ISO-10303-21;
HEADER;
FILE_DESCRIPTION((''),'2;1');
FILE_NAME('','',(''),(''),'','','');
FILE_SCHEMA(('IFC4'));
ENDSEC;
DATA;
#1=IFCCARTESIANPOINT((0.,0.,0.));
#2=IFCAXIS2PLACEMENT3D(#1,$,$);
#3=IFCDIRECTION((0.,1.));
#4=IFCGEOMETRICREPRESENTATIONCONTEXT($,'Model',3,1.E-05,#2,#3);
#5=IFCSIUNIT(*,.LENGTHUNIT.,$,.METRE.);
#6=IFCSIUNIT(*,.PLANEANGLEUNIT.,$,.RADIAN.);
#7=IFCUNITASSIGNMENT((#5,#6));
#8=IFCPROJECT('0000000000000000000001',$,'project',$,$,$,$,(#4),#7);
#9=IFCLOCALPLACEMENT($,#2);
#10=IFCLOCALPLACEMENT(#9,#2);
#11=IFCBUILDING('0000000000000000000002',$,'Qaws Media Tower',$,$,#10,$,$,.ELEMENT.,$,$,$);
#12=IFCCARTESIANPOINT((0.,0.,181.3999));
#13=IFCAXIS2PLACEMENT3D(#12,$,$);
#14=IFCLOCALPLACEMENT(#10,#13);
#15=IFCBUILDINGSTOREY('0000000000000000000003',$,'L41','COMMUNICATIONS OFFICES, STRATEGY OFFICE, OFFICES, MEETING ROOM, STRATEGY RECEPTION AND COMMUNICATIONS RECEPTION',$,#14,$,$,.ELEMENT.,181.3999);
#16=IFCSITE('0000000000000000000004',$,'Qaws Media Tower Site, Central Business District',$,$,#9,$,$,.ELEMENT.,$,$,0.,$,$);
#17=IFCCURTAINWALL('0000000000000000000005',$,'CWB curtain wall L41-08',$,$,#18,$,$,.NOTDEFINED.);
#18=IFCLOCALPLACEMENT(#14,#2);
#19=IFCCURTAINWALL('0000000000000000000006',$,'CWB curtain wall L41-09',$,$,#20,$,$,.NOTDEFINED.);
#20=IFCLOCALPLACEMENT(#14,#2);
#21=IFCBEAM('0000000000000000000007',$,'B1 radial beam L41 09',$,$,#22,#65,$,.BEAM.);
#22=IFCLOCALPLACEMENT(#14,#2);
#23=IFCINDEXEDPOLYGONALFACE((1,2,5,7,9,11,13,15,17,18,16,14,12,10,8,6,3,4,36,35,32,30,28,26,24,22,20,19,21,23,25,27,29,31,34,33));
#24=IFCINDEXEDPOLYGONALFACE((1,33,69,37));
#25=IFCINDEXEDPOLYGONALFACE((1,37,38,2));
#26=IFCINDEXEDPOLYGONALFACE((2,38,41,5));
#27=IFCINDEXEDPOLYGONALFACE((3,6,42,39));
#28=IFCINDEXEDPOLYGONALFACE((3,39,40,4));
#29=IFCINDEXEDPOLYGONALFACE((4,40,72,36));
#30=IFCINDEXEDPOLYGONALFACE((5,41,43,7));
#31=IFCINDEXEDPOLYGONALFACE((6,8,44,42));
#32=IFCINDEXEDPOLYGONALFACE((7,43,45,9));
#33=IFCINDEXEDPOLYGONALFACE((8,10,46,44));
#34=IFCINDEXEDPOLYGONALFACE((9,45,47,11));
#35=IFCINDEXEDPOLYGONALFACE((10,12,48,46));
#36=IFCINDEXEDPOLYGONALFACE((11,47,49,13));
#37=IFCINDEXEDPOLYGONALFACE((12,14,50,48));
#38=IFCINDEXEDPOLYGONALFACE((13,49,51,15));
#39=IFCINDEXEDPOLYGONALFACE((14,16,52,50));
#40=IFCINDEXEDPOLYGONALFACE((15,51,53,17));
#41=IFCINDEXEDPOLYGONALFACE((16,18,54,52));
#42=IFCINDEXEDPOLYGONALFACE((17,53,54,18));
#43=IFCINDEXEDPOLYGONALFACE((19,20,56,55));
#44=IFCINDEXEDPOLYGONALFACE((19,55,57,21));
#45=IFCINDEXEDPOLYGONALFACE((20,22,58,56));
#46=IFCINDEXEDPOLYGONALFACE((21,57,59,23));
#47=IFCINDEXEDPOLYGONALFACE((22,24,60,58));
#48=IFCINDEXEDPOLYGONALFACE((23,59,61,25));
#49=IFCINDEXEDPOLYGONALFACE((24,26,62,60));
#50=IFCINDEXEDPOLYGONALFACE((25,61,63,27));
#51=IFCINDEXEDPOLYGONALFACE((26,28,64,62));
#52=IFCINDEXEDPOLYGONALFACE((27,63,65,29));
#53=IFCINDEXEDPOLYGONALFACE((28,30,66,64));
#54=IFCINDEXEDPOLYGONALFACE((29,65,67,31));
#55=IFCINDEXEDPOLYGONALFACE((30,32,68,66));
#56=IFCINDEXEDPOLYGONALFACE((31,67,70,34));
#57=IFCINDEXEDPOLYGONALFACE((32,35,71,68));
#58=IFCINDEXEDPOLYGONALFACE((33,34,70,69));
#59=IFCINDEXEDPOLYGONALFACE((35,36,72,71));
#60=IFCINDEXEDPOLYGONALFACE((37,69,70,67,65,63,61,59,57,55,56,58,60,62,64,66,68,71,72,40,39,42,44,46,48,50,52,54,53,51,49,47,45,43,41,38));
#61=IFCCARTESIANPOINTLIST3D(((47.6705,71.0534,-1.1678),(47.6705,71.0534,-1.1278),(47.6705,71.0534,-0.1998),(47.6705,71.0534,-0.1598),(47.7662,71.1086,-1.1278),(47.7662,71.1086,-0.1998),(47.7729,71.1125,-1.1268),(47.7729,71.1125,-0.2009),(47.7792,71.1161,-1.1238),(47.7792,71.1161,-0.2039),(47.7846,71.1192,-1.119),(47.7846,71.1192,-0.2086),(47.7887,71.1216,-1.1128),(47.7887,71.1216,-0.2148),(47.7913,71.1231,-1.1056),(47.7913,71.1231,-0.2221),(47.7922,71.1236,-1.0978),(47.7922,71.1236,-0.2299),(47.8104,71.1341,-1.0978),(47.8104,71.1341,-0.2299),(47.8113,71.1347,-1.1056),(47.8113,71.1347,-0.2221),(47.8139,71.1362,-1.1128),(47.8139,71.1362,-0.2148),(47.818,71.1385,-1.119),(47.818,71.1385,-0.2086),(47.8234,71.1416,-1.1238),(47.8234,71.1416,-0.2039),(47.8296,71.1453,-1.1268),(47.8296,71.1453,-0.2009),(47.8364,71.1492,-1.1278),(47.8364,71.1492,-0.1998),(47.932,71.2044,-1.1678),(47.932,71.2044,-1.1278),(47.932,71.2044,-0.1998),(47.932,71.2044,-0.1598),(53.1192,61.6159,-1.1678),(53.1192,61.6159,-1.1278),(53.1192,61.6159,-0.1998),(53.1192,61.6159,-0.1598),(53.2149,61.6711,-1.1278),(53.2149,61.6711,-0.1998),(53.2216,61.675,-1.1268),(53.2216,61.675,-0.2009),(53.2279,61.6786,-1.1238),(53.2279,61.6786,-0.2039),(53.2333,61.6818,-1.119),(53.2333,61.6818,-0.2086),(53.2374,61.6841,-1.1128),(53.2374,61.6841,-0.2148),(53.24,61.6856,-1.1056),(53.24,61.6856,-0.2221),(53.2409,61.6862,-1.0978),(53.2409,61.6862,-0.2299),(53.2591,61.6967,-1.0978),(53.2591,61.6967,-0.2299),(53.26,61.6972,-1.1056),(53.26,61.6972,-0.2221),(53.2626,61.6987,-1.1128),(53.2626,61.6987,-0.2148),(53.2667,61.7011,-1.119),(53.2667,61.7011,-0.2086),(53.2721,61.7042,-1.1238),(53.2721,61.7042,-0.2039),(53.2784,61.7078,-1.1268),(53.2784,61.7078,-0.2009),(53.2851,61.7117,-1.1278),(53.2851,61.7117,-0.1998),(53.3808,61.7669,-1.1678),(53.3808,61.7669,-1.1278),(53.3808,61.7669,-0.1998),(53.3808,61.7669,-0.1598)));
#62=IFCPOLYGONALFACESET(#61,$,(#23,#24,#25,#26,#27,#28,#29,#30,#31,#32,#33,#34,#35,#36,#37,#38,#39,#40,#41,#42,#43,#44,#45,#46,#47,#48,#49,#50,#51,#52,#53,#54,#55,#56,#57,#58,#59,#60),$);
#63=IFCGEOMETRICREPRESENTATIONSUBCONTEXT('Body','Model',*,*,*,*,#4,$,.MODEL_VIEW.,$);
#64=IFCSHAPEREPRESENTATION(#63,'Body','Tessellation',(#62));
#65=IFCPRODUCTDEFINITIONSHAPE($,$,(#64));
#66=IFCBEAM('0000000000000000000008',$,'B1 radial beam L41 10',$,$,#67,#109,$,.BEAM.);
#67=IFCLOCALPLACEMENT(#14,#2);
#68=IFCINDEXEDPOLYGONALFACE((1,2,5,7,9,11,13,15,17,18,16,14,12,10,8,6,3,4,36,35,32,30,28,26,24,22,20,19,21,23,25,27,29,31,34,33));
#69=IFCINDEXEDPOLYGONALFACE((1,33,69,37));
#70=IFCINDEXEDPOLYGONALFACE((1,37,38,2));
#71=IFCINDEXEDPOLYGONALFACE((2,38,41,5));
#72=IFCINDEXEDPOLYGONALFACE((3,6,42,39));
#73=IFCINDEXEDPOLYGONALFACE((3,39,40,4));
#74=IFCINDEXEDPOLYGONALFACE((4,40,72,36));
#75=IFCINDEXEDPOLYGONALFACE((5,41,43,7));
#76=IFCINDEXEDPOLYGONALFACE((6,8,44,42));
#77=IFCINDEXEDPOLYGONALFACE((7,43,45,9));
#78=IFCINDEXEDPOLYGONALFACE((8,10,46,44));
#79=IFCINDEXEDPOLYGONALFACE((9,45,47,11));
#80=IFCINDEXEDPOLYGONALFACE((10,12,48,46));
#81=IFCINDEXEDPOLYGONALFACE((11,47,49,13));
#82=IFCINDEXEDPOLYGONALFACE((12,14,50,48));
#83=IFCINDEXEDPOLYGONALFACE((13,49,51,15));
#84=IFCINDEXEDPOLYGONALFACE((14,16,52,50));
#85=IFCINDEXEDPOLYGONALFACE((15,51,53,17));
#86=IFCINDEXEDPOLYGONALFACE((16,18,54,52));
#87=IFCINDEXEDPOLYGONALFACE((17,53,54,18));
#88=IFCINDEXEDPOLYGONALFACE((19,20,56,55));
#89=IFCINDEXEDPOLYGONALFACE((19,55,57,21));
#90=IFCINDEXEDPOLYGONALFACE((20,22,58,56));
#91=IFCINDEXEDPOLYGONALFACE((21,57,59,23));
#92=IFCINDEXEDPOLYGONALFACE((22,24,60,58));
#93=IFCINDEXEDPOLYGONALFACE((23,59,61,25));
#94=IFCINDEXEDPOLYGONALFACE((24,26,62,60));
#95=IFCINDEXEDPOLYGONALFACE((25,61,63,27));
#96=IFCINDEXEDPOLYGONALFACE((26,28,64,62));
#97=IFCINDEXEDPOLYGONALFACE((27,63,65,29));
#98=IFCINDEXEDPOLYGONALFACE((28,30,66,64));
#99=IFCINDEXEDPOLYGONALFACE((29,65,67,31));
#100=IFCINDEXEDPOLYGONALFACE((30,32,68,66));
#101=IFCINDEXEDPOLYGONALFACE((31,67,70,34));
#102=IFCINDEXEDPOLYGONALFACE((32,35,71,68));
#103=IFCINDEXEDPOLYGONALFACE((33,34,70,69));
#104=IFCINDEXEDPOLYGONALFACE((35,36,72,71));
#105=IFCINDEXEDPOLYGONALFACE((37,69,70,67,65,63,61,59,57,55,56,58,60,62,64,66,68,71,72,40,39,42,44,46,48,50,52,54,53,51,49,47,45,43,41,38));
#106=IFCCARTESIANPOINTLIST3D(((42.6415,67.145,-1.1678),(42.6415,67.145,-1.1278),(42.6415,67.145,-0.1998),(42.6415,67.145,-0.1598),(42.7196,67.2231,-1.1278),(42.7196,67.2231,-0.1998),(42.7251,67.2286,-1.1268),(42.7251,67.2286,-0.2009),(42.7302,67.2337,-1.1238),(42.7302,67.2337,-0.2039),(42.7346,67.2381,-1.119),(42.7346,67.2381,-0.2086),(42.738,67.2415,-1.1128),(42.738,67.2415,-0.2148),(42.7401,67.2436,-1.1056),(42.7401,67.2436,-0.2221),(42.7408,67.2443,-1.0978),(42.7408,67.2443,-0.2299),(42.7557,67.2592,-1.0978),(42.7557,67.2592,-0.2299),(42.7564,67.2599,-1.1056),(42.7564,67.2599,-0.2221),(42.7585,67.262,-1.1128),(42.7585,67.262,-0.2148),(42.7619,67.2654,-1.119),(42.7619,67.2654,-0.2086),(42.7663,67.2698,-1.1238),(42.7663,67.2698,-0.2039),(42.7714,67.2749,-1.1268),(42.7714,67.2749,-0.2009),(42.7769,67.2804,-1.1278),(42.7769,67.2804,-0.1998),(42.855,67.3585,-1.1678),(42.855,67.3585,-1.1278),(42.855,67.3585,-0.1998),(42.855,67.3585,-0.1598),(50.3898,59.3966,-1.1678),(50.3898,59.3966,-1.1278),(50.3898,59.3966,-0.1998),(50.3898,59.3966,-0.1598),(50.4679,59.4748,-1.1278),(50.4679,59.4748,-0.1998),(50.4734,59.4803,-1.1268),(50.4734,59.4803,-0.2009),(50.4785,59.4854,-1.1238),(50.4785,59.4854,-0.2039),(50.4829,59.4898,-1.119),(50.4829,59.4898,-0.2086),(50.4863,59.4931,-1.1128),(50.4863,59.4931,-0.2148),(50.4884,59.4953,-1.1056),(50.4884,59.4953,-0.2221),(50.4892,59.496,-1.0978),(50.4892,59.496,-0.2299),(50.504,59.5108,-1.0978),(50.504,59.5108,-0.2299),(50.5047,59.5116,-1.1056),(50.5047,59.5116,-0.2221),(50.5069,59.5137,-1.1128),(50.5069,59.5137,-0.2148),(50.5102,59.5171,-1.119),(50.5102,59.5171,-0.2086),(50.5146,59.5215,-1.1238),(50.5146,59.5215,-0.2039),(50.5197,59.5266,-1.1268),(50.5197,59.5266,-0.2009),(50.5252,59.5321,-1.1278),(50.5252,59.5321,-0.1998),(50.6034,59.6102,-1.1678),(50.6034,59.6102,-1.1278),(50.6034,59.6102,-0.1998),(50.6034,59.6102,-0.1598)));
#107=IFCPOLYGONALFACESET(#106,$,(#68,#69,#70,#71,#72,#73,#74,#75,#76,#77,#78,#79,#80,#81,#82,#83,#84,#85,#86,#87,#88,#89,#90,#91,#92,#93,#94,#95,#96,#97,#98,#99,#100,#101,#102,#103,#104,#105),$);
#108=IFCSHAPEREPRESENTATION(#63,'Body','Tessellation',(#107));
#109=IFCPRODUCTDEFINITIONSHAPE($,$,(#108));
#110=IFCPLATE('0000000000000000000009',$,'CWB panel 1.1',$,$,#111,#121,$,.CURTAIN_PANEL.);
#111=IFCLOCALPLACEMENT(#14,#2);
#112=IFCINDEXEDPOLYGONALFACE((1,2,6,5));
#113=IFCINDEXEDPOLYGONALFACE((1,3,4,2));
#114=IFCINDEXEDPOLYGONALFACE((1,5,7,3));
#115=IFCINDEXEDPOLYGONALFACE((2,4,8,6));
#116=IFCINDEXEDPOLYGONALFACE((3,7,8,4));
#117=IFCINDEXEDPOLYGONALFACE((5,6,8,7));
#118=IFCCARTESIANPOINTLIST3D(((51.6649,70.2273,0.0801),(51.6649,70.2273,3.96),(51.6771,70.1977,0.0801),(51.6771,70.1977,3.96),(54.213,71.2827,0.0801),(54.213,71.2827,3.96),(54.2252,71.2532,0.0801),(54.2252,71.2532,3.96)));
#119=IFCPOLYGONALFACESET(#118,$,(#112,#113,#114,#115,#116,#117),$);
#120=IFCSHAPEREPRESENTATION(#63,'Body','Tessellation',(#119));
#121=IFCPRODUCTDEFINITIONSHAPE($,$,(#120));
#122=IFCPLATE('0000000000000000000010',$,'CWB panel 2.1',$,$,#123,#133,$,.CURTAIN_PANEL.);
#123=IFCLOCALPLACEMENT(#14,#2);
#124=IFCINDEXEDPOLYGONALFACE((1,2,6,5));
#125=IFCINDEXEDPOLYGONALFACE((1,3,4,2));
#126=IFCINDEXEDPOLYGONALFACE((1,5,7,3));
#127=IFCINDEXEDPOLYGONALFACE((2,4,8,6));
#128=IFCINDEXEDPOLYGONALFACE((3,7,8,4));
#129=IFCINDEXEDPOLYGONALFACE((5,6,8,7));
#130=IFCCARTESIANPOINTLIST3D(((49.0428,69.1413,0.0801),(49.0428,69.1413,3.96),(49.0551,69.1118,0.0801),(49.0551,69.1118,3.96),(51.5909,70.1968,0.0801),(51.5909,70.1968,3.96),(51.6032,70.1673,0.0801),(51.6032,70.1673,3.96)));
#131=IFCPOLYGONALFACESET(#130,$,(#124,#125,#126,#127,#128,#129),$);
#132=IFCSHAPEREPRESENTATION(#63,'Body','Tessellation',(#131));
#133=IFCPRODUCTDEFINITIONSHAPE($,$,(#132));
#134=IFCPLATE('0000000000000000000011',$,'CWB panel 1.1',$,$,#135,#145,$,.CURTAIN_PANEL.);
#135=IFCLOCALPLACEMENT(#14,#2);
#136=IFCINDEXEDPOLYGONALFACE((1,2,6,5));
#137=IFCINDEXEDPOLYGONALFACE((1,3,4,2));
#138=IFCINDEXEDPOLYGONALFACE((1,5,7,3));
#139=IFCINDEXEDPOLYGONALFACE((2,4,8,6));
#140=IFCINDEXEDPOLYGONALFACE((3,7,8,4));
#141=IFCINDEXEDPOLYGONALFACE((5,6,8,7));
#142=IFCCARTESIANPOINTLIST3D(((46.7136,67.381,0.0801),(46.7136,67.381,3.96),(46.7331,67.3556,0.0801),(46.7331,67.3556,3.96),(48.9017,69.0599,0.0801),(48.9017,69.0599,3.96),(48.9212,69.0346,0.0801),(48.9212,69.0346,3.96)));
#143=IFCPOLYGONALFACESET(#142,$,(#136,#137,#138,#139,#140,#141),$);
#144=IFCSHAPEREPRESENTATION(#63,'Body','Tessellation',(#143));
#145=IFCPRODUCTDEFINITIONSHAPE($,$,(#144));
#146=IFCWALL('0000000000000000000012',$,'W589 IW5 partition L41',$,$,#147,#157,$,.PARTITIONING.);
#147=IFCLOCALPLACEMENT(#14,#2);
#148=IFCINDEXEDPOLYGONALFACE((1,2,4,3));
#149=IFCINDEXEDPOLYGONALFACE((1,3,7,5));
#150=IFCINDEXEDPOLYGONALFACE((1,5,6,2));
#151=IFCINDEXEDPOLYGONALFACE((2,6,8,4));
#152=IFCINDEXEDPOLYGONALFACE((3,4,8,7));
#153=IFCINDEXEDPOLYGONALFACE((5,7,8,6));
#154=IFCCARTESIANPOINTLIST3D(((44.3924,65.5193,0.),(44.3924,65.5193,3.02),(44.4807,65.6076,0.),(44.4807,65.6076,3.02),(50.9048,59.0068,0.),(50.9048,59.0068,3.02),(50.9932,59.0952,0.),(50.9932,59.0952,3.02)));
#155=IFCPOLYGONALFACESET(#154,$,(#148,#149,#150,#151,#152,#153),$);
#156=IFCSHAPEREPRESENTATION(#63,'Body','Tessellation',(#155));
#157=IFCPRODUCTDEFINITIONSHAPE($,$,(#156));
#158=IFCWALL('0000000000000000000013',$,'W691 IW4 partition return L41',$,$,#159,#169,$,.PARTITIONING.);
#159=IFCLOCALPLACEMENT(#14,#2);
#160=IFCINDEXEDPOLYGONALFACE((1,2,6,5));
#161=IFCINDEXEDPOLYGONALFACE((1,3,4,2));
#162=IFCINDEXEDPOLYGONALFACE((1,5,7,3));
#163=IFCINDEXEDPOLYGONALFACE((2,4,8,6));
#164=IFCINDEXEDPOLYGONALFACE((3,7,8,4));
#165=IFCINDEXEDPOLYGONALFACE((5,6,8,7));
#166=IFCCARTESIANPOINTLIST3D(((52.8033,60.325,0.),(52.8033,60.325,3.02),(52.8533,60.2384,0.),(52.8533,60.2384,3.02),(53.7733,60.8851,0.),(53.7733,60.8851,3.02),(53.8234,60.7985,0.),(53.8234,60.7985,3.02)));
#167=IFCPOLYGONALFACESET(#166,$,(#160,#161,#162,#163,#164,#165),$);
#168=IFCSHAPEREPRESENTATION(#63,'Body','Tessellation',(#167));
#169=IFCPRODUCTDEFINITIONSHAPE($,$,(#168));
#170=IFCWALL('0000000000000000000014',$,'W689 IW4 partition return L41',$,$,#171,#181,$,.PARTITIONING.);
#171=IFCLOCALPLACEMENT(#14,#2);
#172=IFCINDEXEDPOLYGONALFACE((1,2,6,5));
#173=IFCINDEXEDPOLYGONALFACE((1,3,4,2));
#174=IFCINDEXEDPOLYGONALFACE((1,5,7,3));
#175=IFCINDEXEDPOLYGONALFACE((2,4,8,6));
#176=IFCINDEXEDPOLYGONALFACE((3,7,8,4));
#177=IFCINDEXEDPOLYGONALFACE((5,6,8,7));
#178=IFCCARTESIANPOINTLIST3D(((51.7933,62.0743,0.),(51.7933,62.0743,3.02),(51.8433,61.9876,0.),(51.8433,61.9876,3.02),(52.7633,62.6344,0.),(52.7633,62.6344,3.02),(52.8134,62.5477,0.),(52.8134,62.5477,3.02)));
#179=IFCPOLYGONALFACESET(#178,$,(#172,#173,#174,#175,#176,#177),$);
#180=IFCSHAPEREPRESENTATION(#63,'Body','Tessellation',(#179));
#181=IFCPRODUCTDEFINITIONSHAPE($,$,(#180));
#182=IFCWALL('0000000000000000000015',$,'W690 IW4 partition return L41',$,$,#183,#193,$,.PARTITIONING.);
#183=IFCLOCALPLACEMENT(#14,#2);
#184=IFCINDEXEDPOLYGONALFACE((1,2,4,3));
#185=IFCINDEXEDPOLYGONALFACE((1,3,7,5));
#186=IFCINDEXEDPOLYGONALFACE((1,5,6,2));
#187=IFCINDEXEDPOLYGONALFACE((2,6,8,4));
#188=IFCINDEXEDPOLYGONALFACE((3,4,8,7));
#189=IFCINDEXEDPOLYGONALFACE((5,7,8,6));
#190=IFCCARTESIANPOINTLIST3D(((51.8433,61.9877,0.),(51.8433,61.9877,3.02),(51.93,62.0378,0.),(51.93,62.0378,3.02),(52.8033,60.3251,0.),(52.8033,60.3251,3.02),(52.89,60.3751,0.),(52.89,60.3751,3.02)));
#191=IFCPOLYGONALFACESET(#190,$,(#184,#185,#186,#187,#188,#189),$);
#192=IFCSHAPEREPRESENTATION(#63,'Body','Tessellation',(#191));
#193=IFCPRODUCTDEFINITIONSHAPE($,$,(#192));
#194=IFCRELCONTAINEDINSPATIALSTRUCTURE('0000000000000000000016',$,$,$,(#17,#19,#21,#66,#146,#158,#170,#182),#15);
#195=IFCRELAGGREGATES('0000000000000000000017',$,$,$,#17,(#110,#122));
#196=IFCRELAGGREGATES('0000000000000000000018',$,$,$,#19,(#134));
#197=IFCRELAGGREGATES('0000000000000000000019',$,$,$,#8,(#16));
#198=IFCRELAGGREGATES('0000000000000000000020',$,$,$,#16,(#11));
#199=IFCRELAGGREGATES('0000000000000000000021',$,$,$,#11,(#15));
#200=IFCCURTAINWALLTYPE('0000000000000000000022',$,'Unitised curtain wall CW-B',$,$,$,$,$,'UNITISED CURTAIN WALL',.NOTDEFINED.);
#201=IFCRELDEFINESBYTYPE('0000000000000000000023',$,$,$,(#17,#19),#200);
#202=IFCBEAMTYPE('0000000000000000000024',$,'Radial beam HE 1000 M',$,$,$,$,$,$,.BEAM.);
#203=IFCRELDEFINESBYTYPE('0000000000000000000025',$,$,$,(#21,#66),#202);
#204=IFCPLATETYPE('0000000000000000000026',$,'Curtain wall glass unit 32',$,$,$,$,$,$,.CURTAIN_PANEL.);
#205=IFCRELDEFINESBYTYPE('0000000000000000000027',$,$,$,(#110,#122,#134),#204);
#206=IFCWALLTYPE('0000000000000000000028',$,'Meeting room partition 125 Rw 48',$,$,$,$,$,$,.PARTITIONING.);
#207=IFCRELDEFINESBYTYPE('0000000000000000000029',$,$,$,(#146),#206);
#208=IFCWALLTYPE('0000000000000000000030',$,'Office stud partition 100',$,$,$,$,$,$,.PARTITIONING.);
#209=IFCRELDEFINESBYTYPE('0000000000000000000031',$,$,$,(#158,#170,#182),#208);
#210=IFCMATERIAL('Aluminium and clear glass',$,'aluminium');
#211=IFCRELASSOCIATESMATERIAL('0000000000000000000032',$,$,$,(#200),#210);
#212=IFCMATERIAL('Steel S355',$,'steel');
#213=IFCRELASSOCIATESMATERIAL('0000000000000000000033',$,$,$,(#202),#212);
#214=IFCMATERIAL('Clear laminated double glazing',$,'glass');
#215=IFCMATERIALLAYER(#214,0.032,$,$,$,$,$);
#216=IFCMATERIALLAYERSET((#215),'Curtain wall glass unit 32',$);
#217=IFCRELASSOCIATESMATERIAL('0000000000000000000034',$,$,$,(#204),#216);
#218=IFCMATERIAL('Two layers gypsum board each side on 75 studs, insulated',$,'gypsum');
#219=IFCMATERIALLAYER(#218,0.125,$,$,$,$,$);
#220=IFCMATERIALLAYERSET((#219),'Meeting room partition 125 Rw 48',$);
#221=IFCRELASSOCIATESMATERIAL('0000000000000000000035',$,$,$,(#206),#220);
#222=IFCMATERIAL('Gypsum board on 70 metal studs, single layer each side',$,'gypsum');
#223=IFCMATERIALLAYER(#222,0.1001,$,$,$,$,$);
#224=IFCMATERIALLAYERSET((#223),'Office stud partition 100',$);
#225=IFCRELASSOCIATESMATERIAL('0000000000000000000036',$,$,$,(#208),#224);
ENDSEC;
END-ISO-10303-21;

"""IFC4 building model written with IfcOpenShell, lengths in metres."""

from ifc_helpers import new_model, si_unit, direction, frame, frame_2d, origin, origin_2d, place, context, subcontext, project, spatial, rectangle, i_section, extrude, material, layer, layer_set, material_profile, profile_set, type_object, element, aggregate, save


model = new_model("IFC4")

# Units and contexts
model_context = context("Model", 3, precision=1e-05, world=origin(), true_north=direction((0.0, 1.0)))
body_context = subcontext(model_context, "Body", "Model", "MODEL_VIEW")
ifc_project = project(units=[si_unit("LENGTHUNIT", "METRE"), si_unit("PLANEANGLEUNIT", "RADIAN")], contexts=[model_context])

# Site, building, storey
site_placement = place(None, origin())
site = spatial("IfcSite", under=ifc_project, at=site_placement, Name="Qaws Media Tower Site, Central Business District", CompositionType="ELEMENT", RefElevation=0.0)
building_placement = place(site_placement, origin())
building = spatial("IfcBuilding", under=site, at=building_placement, Name="Qaws Media Tower", CompositionType="ELEMENT")
storey_placement = place(building_placement, frame((0.0, 0.0, 181.3999)))
storey = spatial("IfcBuildingStorey", under=building, at=storey_placement, Name="L41", Description="COMMUNICATIONS OFFICES, STRATEGY OFFICE, OFFICES, MEETING ROOM, STRATEGY RECEPTION AND COMMUNICATIONS RECEPTION", CompositionType="ELEMENT", Elevation=181.3999)

# Curtain wall
ifc_material_1 = material(Name="Aluminium and clear glass", Category="aluminium")
curtain_wall_type = type_object("IfcCurtainWallType", Name="Unitised curtain wall CW-B", ElementType="UNITISED CURTAIN WALL", PredefinedType="NOTDEFINED", material=ifc_material_1)
curtain_wall_1_placement = place(storey_placement, origin())
curtain_wall_1 = element("IfcCurtainWall", 1, at=curtain_wall_1_placement, inside=storey, type_object=curtain_wall_type, Name="CWB curtain wall L41-08", PredefinedType="NOTDEFINED")

# Curtain wall
curtain_wall_2_placement = place(storey_placement, origin())
curtain_wall_2 = element("IfcCurtainWall", 2, at=curtain_wall_2_placement, inside=storey, type_object=curtain_wall_type, Name="CWB curtain wall L41-09", PredefinedType="NOTDEFINED")

# Beams
ifc_material_2 = material(Name="Steel S355", Category="steel")
ifc_material_profile_1 = material_profile(ifc_material_2, i_section(OverallWidth=0.302, OverallDepth=1.0081, WebThickness=0.021, FlangeThickness=0.04, FilletRadius=0.03, at=origin_2d()), Name="HE 1000 M")
ifc_profile_set_1 = profile_set([ifc_material_profile_1], Name="Steel S355")
beam_type_1 = type_object("IfcBeamType", Name="Radial beam HE 1000 M", PredefinedType="BEAM", material=ifc_profile_set_1)
beam_1_placement = place(storey_placement, frame((53.25, 61.6914, -0.6638), z_axis=(-0.499999, 0.866026, 0.0), x_axis=(-0.866026, -0.499999, 0.0)))
element("IfcBeam", 3, at=beam_1_placement, inside=storey, type_object=beam_type_1, Name="B1 radial beam L41 09", PredefinedType="BEAM", context=body_context, shape_type="SweptSolid", body=[
    extrude(i_section(OverallWidth=0.302, OverallDepth=1.0081, WebThickness=0.021, FlangeThickness=0.04, FilletRadius=0.03, at=origin_2d()), origin(), (0.0, 0.0, 1.0), 10.8975),
])
beam_2_placement = place(storey_placement, frame((50.4966, 59.5034, -0.6638), z_axis=(-0.707107, 0.707107, 0.0), x_axis=(-0.707107, -0.707107, 0.0)))
element("IfcBeam", 4, at=beam_2_placement, inside=storey, type_object=beam_type_1, Name="B1 radial beam L41 10", PredefinedType="BEAM", context=body_context, shape_type="SweptSolid", body=[
    extrude(i_section(OverallWidth=0.302, OverallDepth=1.0081, WebThickness=0.021, FlangeThickness=0.04, FilletRadius=0.03, at=origin_2d()), origin(), (0.0, 0.0, 1.0), 10.9578),
])

# Plates
ifc_material_3 = material(Name="Clear laminated double glazing", Category="glass")
ifc_layer_1 = layer(ifc_material_3, 0.032)
ifc_layer_set_1 = layer_set([ifc_layer_1], Name="Curtain wall glass unit 32")
plate_type = type_object("IfcPlateType", Name="Curtain wall glass unit 32", PredefinedType="CURTAIN_PANEL", material=ifc_layer_set_1)
plate_1_placement = place(storey_placement, frame((52.9451, 70.7402, 0.0801), z_axis=(0.0, 0.0, 1.0), x_axis=(-0.92388, -0.382683, 0.0)))
plate_1 = element("IfcPlate", 5, at=plate_1_placement, type_object=plate_type, Name="CWB panel 1.1", PredefinedType="CURTAIN_PANEL", context=body_context, shape_type="SweptSolid", body=[
    extrude(rectangle(XDim=2.7581, YDim=0.032, at=origin_2d()), origin(), (0.0, 0.0, 1.0), 3.8799),
])
plate_2_placement = place(storey_placement, frame((50.323, 69.6543, 0.0801), z_axis=(0.0, 0.0, 1.0), x_axis=(-0.92388, -0.382683, 0.0)))
plate_2 = element("IfcPlate", 6, at=plate_2_placement, type_object=plate_type, Name="CWB panel 2.1", PredefinedType="CURTAIN_PANEL", context=body_context, shape_type="SweptSolid", body=[
    extrude(rectangle(XDim=2.7581, YDim=0.032, at=origin_2d()), origin(), (0.0, 0.0, 1.0), 3.8799),
])
aggregate(curtain_wall_1, [plate_1, plate_2])
plate_3_placement = place(storey_placement, frame((47.8174, 68.2078, 0.0801), z_axis=(0.0, 0.0, 1.0), x_axis=(-0.793353, -0.608761, 0.0)))
plate_3 = element("IfcPlate", 7, at=plate_3_placement, type_object=plate_type, Name="CWB panel 1.1", PredefinedType="CURTAIN_PANEL", context=body_context, shape_type="SweptSolid", body=[
    extrude(rectangle(XDim=2.7581, YDim=0.032, at=origin_2d()), origin(), (0.0, 0.0, 1.0), 3.8799),
])
aggregate(curtain_wall_2, [plate_3])

# Walls
ifc_material_4 = material(Name="Two layers gypsum board each side on 75 studs, insulated", Category="gypsum")
ifc_layer_2 = layer(ifc_material_4, 0.125)
ifc_layer_set_2 = layer_set([ifc_layer_2], Name="Meeting room partition 125 Rw 48")
wall_type_1 = type_object("IfcWallType", Name="Meeting room partition 125 Rw 48", PredefinedType="PARTITIONING", material=ifc_layer_set_2)
wall_1_placement = place(storey_placement, frame((50.949, 59.051, 0.0), z_axis=(0.0, 0.0, 1.0), x_axis=(-0.707107, 0.707107, 0.0)))
element("IfcWall", 8, at=wall_1_placement, inside=storey, type_object=wall_type_1, Name="W589 IW5 partition L41", PredefinedType="PARTITIONING", context=body_context, shape_type="SweptSolid", body=[
    extrude(rectangle(XDim=9.21, YDim=0.125, at=frame_2d((4.605, 0.0))), origin(), (0.0, 0.0, 1.0), 3.02),
])
ifc_material_5 = material(Name="Gypsum board on 70 metal studs, single layer each side", Category="gypsum")
ifc_layer_3 = layer(ifc_material_5, 0.1001)
ifc_layer_set_3 = layer_set([ifc_layer_3], Name="Office stud partition 100")
wall_type_2 = type_object("IfcWallType", Name="Office stud partition 100", PredefinedType="PARTITIONING", material=ifc_layer_set_3)
for number, where, z_axis, x_axis, name in (
    (9, (53.7983, 60.8418, 0.0), (0.0, 0.0, 1.0), (-0.866008, -0.500031, 0.0), "W691 IW4 partition return L41"),
    (10, (52.7883, 62.5911, 0.0), (0.0, 0.0, 1.0), (-0.866008, -0.500031, 0.0), "W689 IW4 partition return L41"),
):
    element("IfcWall", number, at=place(storey_placement, frame(where, z_axis=z_axis, x_axis=x_axis)), inside=storey, type_object=wall_type_2, Name=name, PredefinedType="PARTITIONING", context=body_context, shape_type="SweptSolid", body=[
        extrude(rectangle(XDim=1.1201, YDim=0.1001, at=frame_2d((0.5601, 0.0))), origin(), (0.0, 0.0, 1.0), 3.02),
    ])
wall_2_placement = place(storey_placement, frame((52.8467, 60.3501, 0.0), z_axis=(0.0, 0.0, 1.0), x_axis=(-0.500023, 0.866012, 0.0)))
element("IfcWall", 11, at=wall_2_placement, inside=storey, type_object=wall_type_2, Name="W690 IW4 partition return L41", PredefinedType="PARTITIONING", context=body_context, shape_type="SweptSolid", body=[
    extrude(rectangle(XDim=1.9199, YDim=0.1001, at=frame_2d((0.96, 0.0))), origin(), (0.0, 0.0, 1.0), 3.02),
])

save(model, "model.ifc")
